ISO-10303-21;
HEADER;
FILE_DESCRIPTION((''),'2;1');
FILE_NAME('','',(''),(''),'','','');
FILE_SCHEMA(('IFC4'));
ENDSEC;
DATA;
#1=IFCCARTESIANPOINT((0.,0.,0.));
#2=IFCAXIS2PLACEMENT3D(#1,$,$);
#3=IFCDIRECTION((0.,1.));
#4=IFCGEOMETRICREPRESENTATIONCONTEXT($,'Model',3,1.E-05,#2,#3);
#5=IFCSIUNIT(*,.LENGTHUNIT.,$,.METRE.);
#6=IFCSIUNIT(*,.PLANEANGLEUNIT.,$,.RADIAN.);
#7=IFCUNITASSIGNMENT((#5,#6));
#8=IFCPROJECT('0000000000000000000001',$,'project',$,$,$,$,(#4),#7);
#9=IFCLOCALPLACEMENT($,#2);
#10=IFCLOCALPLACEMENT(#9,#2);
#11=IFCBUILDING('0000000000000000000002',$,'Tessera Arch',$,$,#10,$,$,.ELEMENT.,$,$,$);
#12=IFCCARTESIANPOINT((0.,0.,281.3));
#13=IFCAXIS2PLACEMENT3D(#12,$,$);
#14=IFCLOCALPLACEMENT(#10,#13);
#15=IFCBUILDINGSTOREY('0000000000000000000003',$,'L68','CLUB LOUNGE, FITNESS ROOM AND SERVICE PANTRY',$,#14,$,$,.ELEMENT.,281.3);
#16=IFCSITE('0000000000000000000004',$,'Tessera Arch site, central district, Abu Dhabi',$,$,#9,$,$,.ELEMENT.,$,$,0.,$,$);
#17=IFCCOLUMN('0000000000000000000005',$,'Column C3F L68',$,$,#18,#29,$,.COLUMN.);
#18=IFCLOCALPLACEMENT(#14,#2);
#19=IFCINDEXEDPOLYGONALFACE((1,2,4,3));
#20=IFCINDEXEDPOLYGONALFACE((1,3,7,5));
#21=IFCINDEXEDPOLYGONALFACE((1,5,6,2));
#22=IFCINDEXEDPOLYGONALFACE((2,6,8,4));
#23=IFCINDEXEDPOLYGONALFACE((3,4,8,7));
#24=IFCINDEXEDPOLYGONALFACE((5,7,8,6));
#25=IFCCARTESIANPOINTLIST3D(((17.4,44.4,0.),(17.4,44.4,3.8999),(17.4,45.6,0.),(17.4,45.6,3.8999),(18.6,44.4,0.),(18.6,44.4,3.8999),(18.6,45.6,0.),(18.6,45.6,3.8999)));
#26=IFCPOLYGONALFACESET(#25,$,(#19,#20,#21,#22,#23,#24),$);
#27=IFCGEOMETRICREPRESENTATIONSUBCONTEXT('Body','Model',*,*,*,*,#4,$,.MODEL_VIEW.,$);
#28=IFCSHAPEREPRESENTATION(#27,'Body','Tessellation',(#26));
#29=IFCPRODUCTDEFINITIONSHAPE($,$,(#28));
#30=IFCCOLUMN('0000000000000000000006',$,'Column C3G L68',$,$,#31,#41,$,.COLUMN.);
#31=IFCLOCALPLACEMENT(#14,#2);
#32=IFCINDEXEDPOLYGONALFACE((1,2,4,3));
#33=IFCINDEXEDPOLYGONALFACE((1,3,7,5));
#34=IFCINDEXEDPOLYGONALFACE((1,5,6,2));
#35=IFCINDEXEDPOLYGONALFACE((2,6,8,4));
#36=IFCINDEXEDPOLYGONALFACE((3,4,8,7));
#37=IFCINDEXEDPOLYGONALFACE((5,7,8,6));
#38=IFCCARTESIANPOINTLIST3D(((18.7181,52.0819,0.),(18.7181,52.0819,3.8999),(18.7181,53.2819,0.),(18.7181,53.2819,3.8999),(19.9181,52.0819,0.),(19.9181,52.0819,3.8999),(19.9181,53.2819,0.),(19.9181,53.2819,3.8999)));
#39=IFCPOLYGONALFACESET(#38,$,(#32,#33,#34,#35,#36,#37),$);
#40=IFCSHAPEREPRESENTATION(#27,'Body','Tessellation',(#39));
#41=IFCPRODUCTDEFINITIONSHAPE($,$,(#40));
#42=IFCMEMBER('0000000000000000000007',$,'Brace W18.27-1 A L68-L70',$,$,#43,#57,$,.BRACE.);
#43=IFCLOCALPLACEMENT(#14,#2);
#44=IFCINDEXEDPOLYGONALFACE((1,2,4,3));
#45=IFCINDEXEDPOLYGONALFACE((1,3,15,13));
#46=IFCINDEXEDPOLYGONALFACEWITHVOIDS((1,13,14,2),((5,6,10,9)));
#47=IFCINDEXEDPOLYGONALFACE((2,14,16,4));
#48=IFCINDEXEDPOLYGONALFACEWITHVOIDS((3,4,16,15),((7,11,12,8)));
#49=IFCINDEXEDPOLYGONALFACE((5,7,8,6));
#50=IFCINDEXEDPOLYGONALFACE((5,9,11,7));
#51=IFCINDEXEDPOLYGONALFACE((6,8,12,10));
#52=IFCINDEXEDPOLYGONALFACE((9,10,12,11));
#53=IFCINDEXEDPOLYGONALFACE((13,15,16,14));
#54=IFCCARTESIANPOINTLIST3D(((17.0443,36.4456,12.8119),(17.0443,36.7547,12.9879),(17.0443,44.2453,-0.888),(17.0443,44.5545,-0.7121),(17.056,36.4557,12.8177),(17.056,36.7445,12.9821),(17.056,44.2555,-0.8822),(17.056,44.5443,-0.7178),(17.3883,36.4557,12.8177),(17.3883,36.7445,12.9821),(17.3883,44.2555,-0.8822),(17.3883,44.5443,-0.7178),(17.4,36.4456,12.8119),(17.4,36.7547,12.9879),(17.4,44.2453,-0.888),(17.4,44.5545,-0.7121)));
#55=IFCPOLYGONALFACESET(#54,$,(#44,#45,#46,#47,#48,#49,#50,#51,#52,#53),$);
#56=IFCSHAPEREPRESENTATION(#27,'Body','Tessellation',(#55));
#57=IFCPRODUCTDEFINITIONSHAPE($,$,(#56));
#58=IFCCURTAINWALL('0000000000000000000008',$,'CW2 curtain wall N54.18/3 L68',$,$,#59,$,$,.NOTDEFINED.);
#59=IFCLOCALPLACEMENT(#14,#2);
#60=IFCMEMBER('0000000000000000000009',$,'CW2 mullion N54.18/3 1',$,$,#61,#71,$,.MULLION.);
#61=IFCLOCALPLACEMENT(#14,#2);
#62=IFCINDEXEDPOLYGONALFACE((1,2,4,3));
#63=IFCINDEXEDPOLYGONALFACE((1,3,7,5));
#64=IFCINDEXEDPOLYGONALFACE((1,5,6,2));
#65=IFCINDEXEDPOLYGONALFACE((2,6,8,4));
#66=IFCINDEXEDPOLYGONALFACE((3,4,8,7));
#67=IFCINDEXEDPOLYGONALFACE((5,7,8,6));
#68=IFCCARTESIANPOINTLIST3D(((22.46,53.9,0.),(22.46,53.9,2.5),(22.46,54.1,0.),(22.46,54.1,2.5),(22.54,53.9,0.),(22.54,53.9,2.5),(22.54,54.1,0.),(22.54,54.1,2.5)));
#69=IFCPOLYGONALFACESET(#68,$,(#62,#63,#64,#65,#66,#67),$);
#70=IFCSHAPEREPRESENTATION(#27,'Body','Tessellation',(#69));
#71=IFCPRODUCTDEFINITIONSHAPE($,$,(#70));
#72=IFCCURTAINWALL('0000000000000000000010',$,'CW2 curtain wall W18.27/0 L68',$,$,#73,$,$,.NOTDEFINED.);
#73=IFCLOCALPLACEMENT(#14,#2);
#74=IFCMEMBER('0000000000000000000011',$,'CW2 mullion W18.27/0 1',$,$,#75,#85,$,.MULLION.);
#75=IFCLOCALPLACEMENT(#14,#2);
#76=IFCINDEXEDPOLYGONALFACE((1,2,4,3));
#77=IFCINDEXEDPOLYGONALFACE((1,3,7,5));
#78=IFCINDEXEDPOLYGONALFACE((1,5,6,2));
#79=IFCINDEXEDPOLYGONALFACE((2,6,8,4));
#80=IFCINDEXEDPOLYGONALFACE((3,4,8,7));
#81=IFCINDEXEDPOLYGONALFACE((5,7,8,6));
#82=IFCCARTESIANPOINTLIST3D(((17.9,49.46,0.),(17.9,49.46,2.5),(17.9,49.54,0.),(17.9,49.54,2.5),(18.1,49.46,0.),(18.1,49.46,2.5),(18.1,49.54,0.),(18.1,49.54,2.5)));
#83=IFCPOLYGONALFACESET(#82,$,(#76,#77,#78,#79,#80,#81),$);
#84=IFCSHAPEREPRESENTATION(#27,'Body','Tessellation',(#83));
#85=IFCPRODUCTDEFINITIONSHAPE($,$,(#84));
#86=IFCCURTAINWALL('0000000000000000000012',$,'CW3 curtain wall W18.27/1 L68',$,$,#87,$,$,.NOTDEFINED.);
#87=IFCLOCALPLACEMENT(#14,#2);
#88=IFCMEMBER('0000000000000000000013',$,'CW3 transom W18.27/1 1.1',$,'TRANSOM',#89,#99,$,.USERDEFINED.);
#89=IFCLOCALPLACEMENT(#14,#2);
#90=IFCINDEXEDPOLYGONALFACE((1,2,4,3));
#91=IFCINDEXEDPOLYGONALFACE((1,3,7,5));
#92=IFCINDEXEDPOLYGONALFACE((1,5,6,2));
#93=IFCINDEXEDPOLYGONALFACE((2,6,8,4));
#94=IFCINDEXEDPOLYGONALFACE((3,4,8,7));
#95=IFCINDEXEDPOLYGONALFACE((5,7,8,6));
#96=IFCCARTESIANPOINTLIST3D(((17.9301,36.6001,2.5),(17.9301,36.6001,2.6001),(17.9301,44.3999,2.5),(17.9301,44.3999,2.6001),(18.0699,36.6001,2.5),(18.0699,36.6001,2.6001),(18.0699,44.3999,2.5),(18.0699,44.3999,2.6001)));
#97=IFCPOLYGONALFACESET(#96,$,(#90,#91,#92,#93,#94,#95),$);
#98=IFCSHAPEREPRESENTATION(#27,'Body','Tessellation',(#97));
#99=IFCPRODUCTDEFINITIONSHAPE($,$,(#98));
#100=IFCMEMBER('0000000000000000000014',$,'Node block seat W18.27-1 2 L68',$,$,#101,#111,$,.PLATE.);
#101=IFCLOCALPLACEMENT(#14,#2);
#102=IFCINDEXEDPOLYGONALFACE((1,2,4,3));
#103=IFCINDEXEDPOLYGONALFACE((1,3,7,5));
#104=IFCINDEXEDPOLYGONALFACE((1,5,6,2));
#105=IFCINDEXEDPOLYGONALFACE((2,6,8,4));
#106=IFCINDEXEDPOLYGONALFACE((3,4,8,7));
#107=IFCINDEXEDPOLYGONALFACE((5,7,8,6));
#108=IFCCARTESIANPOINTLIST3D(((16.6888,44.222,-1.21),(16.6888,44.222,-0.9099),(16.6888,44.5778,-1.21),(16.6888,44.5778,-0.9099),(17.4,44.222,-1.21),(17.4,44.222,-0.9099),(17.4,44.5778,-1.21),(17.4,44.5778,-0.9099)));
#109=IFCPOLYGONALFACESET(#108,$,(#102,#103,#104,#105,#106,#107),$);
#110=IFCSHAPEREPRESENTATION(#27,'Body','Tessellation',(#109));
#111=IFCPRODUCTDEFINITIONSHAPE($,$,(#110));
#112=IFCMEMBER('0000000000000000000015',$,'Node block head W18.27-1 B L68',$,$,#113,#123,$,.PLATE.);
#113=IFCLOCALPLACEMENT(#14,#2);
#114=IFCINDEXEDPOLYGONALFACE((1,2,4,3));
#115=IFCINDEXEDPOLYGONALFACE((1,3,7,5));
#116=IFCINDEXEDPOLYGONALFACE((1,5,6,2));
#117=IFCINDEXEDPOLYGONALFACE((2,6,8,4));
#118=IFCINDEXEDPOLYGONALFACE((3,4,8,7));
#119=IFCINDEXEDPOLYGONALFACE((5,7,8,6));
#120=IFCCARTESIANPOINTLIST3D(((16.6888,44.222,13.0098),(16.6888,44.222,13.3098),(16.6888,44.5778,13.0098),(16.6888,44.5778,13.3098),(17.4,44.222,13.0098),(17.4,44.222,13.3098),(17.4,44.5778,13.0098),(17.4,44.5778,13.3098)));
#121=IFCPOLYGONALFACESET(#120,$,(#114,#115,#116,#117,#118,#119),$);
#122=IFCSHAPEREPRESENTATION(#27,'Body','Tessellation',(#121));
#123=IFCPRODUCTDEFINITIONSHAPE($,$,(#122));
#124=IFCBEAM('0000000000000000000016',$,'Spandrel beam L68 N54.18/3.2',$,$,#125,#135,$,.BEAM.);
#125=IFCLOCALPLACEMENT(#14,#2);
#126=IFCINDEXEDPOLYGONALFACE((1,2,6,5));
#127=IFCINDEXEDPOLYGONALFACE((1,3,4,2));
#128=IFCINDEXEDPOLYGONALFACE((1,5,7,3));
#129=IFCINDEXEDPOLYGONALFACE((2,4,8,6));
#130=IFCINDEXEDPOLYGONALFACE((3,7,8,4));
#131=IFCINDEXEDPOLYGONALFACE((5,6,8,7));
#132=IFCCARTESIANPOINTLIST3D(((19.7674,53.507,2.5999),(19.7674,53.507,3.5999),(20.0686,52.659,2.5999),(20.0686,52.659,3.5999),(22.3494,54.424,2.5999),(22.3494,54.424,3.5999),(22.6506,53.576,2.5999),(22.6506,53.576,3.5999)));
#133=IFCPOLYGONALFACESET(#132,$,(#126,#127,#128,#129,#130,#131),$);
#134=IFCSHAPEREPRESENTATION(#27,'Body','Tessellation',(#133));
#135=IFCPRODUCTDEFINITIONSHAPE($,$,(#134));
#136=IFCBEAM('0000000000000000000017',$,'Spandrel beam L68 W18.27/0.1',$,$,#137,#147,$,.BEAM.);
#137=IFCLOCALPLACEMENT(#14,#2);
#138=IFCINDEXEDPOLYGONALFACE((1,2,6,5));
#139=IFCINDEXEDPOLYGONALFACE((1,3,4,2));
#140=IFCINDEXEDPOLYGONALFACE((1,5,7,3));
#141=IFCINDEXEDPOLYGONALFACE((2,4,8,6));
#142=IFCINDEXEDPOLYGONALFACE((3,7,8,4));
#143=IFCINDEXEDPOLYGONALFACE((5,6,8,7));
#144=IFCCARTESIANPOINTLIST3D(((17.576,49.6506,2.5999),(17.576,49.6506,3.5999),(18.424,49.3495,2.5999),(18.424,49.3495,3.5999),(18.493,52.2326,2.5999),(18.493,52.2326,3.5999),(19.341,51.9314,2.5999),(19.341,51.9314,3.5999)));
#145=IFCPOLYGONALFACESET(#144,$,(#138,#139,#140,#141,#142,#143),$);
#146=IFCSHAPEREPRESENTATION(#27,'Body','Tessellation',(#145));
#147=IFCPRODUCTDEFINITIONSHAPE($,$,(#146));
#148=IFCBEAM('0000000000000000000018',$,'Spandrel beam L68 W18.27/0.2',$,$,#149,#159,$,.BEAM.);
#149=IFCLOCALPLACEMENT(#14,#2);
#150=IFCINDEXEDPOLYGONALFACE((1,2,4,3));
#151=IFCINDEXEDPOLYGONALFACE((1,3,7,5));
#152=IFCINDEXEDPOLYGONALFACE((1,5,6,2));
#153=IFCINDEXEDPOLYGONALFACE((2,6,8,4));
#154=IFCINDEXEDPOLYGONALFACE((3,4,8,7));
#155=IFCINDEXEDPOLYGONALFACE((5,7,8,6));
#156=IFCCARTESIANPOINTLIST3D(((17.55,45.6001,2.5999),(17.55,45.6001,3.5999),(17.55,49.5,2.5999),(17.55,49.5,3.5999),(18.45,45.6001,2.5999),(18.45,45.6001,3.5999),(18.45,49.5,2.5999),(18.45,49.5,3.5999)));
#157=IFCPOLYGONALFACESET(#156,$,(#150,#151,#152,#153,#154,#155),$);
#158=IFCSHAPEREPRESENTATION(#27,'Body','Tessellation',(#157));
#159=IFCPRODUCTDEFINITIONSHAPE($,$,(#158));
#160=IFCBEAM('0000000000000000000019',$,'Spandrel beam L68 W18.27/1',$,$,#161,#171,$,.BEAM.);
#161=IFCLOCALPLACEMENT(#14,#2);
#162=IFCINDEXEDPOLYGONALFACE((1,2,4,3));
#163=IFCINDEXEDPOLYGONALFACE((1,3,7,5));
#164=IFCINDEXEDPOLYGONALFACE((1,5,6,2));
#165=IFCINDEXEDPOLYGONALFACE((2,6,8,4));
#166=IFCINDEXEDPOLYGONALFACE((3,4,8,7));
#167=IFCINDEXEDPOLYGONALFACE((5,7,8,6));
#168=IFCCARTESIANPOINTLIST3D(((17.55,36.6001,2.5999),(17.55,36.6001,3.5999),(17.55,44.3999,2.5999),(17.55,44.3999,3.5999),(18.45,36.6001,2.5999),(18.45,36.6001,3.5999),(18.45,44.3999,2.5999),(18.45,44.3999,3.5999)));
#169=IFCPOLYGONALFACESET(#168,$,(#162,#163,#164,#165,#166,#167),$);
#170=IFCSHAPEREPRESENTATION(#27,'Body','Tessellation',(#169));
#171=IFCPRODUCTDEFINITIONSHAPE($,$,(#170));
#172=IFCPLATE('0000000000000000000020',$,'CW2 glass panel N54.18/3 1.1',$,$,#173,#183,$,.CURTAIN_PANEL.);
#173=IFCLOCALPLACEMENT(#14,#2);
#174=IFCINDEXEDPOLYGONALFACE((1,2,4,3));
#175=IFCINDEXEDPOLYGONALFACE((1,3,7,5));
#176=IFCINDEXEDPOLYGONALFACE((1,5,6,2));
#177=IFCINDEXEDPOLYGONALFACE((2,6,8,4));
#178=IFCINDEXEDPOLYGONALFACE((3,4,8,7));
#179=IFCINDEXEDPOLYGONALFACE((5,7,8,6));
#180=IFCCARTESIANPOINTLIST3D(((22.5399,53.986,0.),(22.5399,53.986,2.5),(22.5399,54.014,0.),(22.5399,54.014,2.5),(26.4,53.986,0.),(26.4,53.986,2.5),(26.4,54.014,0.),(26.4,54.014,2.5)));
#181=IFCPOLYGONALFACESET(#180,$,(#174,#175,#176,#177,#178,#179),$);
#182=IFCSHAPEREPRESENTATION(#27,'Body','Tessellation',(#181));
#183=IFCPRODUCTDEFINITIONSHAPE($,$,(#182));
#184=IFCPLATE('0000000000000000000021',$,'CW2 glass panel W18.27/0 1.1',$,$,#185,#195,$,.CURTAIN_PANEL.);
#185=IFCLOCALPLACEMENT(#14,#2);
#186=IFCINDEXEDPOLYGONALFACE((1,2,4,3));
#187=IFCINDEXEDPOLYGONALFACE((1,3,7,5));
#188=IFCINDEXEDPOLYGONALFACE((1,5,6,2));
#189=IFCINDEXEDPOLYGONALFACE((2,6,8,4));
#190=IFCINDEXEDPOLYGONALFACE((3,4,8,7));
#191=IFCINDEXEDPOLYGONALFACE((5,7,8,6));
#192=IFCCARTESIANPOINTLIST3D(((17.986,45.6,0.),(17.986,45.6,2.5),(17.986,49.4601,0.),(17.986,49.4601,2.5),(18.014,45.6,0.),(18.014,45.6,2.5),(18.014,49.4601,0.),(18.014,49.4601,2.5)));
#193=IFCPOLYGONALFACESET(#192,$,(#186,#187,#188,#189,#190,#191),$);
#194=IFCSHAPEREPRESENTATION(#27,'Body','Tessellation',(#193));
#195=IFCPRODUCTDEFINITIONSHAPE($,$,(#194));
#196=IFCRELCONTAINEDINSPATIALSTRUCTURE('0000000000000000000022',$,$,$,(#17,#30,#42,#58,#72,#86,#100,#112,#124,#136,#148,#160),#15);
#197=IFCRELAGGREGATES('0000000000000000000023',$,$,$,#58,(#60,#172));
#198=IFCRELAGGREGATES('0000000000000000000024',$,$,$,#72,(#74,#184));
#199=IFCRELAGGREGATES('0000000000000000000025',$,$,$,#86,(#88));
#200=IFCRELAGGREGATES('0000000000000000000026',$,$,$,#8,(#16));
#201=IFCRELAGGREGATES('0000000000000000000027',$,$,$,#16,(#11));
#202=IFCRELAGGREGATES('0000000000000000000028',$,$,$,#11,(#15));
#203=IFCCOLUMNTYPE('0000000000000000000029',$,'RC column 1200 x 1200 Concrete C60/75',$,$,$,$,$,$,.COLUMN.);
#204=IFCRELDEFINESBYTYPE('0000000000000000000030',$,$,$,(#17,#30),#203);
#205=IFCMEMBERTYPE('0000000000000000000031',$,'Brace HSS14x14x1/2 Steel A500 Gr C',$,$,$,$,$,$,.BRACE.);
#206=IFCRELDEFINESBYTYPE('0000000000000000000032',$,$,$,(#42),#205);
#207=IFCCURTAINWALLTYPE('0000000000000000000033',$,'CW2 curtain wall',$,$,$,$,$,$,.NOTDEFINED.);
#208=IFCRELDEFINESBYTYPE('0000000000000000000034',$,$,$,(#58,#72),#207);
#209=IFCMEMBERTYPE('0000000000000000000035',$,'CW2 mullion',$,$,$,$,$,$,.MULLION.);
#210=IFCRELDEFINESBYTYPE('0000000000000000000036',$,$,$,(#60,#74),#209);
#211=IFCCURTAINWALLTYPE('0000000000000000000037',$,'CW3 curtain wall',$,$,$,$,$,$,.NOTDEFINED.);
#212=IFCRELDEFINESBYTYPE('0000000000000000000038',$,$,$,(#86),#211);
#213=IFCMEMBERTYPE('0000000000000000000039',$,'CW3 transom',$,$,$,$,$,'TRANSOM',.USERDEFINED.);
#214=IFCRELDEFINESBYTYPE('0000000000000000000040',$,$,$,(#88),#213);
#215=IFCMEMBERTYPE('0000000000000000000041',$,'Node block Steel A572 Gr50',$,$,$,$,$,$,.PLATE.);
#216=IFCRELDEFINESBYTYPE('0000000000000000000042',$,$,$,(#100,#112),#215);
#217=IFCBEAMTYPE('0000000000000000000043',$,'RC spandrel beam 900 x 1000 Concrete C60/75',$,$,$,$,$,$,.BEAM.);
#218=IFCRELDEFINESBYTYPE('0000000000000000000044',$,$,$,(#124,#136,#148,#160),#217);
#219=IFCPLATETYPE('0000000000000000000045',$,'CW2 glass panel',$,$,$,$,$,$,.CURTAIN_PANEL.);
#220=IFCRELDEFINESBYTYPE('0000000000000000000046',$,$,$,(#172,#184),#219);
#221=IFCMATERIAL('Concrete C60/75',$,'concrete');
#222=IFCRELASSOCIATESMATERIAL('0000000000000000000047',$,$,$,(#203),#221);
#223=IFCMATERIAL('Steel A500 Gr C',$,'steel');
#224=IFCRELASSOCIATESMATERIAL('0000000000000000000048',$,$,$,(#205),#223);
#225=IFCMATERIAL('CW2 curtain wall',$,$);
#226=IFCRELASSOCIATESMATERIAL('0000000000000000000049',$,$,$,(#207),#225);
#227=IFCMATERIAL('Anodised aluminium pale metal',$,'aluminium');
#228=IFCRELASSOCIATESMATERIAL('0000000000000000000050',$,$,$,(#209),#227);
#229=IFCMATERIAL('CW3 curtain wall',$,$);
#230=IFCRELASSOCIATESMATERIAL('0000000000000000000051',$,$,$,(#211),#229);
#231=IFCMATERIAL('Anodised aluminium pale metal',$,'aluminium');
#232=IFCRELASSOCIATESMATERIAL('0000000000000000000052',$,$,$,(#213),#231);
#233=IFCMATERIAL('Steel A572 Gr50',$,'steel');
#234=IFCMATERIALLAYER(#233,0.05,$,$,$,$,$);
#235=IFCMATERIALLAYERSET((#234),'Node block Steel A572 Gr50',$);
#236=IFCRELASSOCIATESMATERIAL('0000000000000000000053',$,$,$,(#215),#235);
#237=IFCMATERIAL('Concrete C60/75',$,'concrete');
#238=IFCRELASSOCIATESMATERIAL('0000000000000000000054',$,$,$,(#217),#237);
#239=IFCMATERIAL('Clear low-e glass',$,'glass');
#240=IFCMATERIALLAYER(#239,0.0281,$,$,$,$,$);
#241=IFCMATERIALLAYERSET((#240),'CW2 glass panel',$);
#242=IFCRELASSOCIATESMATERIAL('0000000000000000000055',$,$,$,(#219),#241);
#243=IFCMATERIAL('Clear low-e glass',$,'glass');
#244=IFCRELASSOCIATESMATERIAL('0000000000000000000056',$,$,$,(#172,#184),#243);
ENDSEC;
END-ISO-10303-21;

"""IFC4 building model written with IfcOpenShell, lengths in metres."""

from ifc_helpers import new_model, si_unit, direction, frame, origin, origin_2d, place, context, subcontext, project, spatial, rectangle, hollow_rectangle, extrude, material, layer, layer_set, material_profile, profile_set, type_object, element, aggregate, save


model = new_model("IFC4")

# Units and contexts
model_context = context("Model", 3, precision=1e-05, world=origin(), true_north=direction((0.0, 1.0)))
body_context = subcontext(model_context, "Body", "Model", "MODEL_VIEW")
ifc_project = project(units=[si_unit("LENGTHUNIT", "METRE"), si_unit("PLANEANGLEUNIT", "RADIAN")], contexts=[model_context])

# Site, building, storey
site_placement = place(None, origin())
site = spatial("IfcSite", under=ifc_project, at=site_placement, Name="Tessera Arch site, central district, Abu Dhabi", CompositionType="ELEMENT", RefElevation=0.0)
building_placement = place(site_placement, origin())
building = spatial("IfcBuilding", under=site, at=building_placement, Name="Tessera Arch", CompositionType="ELEMENT")
storey_placement = place(building_placement, frame((0.0, 0.0, 281.3)))
storey = spatial("IfcBuildingStorey", under=building, at=storey_placement, Name="L68", Description="CLUB LOUNGE, FITNESS ROOM AND SERVICE PANTRY", CompositionType="ELEMENT", Elevation=281.3)

# Columns
ifc_material_1 = material(Name="Concrete C60/75", Category="concrete")
ifc_material_profile_1 = material_profile(ifc_material_1, rectangle(XDim=1.2, YDim=1.2, at=origin_2d()), Name="RC column 1200 x 1200 Concrete C60/75")
ifc_profile_set_1 = profile_set([ifc_material_profile_1], Name="Concrete C60/75")
column_type = type_object("IfcColumnType", Name="RC column 1200 x 1200 Concrete C60/75", PredefinedType="COLUMN", material=ifc_profile_set_1)
for number, where, z_axis, x_axis, name in (
    (1, (18.0, 45.0, 0.0), (0.0, 0.0, 1.0), (1.0, 0.0, 0.0), "Column C3F L68"),
    (2, (19.3181, 52.6819, 0.0), (0.0, 0.0, 1.0), (1.0, 0.0, 0.0), "Column C3G L68"),
):
    element("IfcColumn", number, at=place(storey_placement, frame(where, z_axis=z_axis, x_axis=x_axis)), inside=storey, type_object=column_type, Name=name, PredefinedType="COLUMN", context=body_context, shape_type="SweptSolid", body=[
        extrude(rectangle(XDim=1.2, YDim=1.2, at=origin_2d()), origin(), (0.0, 0.0, 1.0), 3.8999),
    ])

# Member
ifc_material_2 = material(Name="Steel A500 Gr C", Category="steel")
ifc_material_profile_2 = material_profile(ifc_material_2, hollow_rectangle(XDim=0.3557, YDim=0.3557, WallThickness=0.0117, at=origin_2d()), Name="HSS14x14x1/2")
ifc_profile_set_2 = profile_set([ifc_material_profile_2], Name="Steel A500 Gr C")
member_type_1 = type_object("IfcMemberType", Name="Brace HSS14x14x1/2 Steel A500 Gr C", PredefinedType="BRACE", material=ifc_profile_set_2)
member_1_placement = place(storey_placement, frame((17.2222, 44.3999, -0.8), z_axis=(0.0, -0.494764, 0.869027), x_axis=(1.0, 0.0, 0.0)))
element("IfcMember", 3, at=member_1_placement, inside=storey, type_object=member_type_1, Name="Brace W18.27-1 A L68-L70", PredefinedType="BRACE", context=body_context, shape_type="SweptSolid", body=[
    extrude(hollow_rectangle(XDim=0.3557, YDim=0.3557, WallThickness=0.0117, at=origin_2d()), origin(), (0.0, 0.0, 1.0), 15.7646),
])

# Curtain walls, members
ifc_material_3 = material(Name="CW2 curtain wall")
curtain_wall_type_1 = type_object("IfcCurtainWallType", Name="CW2 curtain wall", PredefinedType="NOTDEFINED", material=ifc_material_3)
curtain_wall_1_placement = place(storey_placement, origin())
curtain_wall_1 = element("IfcCurtainWall", 4, at=curtain_wall_1_placement, inside=storey, type_object=curtain_wall_type_1, Name="CW2 curtain wall N54.18/3 L68", PredefinedType="NOTDEFINED")
ifc_material_4 = material(Name="Anodised aluminium pale metal", Category="aluminium")
ifc_material_profile_3 = material_profile(ifc_material_4, rectangle(XDim=0.2, YDim=0.0801, at=origin_2d()), Name="AL 80x200")
ifc_profile_set_3 = profile_set([ifc_material_profile_3], Name="Anodised aluminium pale metal")
member_type_2 = type_object("IfcMemberType", Name="CW2 mullion", PredefinedType="MULLION", material=ifc_profile_set_3)
member_2_placement = place(storey_placement, frame((22.5, 54.0, 0.0), z_axis=(0.0, 0.0, 1.0), x_axis=(0.0, -1.0, 0.0)))
member_2 = element("IfcMember", 5, at=member_2_placement, type_object=member_type_2, Name="CW2 mullion N54.18/3 1", PredefinedType="MULLION", context=body_context, shape_type="SweptSolid", body=[
    extrude(rectangle(XDim=0.2, YDim=0.0801, at=origin_2d()), origin(), (0.0, 0.0, 1.0), 2.5),
])
curtain_wall_2_placement = place(storey_placement, origin())
curtain_wall_2 = element("IfcCurtainWall", 6, at=curtain_wall_2_placement, inside=storey, type_object=curtain_wall_type_1, Name="CW2 curtain wall W18.27/0 L68", PredefinedType="NOTDEFINED")
member_3_placement = place(storey_placement, frame((18.0, 49.5, 0.0), z_axis=(0.0, 0.0, 1.0), x_axis=(1.0, 0.0, 0.0)))
member_3 = element("IfcMember", 7, at=member_3_placement, type_object=member_type_2, Name="CW2 mullion W18.27/0 1", PredefinedType="MULLION", context=body_context, shape_type="SweptSolid", body=[
    extrude(rectangle(XDim=0.2, YDim=0.0801, at=origin_2d()), origin(), (0.0, 0.0, 1.0), 2.5),
])
ifc_material_5 = material(Name="CW3 curtain wall")
curtain_wall_type_2 = type_object("IfcCurtainWallType", Name="CW3 curtain wall", PredefinedType="NOTDEFINED", material=ifc_material_5)
curtain_wall_3_placement = place(storey_placement, origin())
curtain_wall_3 = element("IfcCurtainWall", 8, at=curtain_wall_3_placement, inside=storey, type_object=curtain_wall_type_2, Name="CW3 curtain wall W18.27/1 L68", PredefinedType="NOTDEFINED")
ifc_material_6 = material(Name="Anodised aluminium pale metal", Category="aluminium")
ifc_material_profile_4 = material_profile(ifc_material_6, rectangle(XDim=0.1399, YDim=0.1001, at=origin_2d()), Name="AL 140x100")
ifc_profile_set_4 = profile_set([ifc_material_profile_4], Name="Anodised aluminium pale metal")
member_type_3 = type_object("IfcMemberType", Name="CW3 transom", ElementType="TRANSOM", PredefinedType="USERDEFINED", material=ifc_profile_set_4)
member_4_placement = place(storey_placement, frame((18.0, 44.3999, 2.55), z_axis=(0.0, -1.0, 0.0), x_axis=(1.0, 0.0, 0.0)))
member_4 = element("IfcMember", 9, at=member_4_placement, type_object=member_type_3, Name="CW3 transom W18.27/1 1.1", ObjectType="TRANSOM", PredefinedType="USERDEFINED", context=body_context, shape_type="SweptSolid", body=[
    extrude(rectangle(XDim=0.1399, YDim=0.1001, at=origin_2d()), origin(), (0.0, 0.0, 1.0), 7.7998),
])

# Members
ifc_material_7 = material(Name="Steel A572 Gr50", Category="steel")
ifc_layer_1 = layer(ifc_material_7, 0.05)
ifc_layer_set_1 = layer_set([ifc_layer_1], Name="Node block Steel A572 Gr50")
member_type_4 = type_object("IfcMemberType", Name="Node block Steel A572 Gr50", PredefinedType="PLATE", material=ifc_layer_set_1)
for number, where, z_axis, x_axis, name in (
    (10, (17.0444, 44.3999, -1.21), (0.0, 0.0, 1.0), (0.0, -1.0, 0.0), "Node block seat W18.27-1 2 L68"),
    (11, (17.0444, 44.3999, 13.0098), (0.0, 0.0, 1.0), (0.0, -1.0, 0.0), "Node block head W18.27-1 B L68"),
):
    element("IfcMember", number, at=place(storey_placement, frame(where, z_axis=z_axis, x_axis=x_axis)), inside=storey, type_object=member_type_4, Name=name, PredefinedType="PLATE", context=body_context, shape_type="SweptSolid", body=[
        extrude(rectangle(XDim=0.3557, YDim=0.7112, at=origin_2d()), origin(), (0.0, 0.0, 1.0), 0.3),
    ])

# Beams
ifc_material_8 = material(Name="Concrete C60/75", Category="concrete")
ifc_material_profile_5 = material_profile(ifc_material_8, rectangle(XDim=0.8999, YDim=1.0, at=origin_2d()), Name="RC spandrel beam 900 x 1000 Concrete C60/75")
ifc_profile_set_5 = profile_set([ifc_material_profile_5], Name="Concrete C60/75")
beam_type = type_object("IfcBeamType", Name="RC spandrel beam 900 x 1000 Concrete C60/75", PredefinedType="BEAM", material=ifc_profile_set_5)
for number, where, z_axis, x_axis, name in (
    (12, (22.5, 54.0, 3.0999), (-0.942337, -0.334665, 0.0), (0.334665, -0.942337, 0.0), "Spandrel beam L68 N54.18/3.2"),
    (13, (18.917, 52.082, 3.0999), (-0.334665, -0.942337, 0.0), (0.942337, -0.334665, 0.0), "Spandrel beam L68 W18.27/0.1"),
):
    element("IfcBeam", number, at=place(storey_placement, frame(where, z_axis=z_axis, x_axis=x_axis)), inside=storey, type_object=beam_type, Name=name, PredefinedType="BEAM", context=body_context, shape_type="SweptSolid", body=[
        extrude(rectangle(XDim=0.8999, YDim=1.0, at=origin_2d()), origin(), (0.0, 0.0, 1.0), 2.74),
    ])
beam_1_placement = place(storey_placement, frame((18.0, 49.5, 3.0999), z_axis=(0.0, -1.0, 0.0), x_axis=(1.0, 0.0, 0.0)))
element("IfcBeam", 14, at=beam_1_placement, inside=storey, type_object=beam_type, Name="Spandrel beam L68 W18.27/0.2", PredefinedType="BEAM", context=body_context, shape_type="SweptSolid", body=[
    extrude(rectangle(XDim=0.8999, YDim=1.0, at=origin_2d()), origin(), (0.0, 0.0, 1.0), 3.8999),
])
beam_2_placement = place(storey_placement, frame((18.0, 44.3999, 3.0999), z_axis=(0.0, -1.0, 0.0), x_axis=(1.0, 0.0, 0.0)))
element("IfcBeam", 15, at=beam_2_placement, inside=storey, type_object=beam_type, Name="Spandrel beam L68 W18.27/1", PredefinedType="BEAM", context=body_context, shape_type="SweptSolid", body=[
    extrude(rectangle(XDim=0.8999, YDim=1.0, at=origin_2d()), origin(), (0.0, 0.0, 1.0), 7.7998),
])

# Plates
ifc_material_9 = material(Name="Clear low-e glass", Category="glass")
ifc_material_10 = material(Name="Clear low-e glass", Category="glass")
ifc_layer_2 = layer(ifc_material_10, 0.0281)
ifc_layer_set_2 = layer_set([ifc_layer_2], Name="CW2 glass panel")
plate_type_1 = type_object("IfcPlateType", Name="CW2 glass panel", PredefinedType="CURTAIN_PANEL", material=ifc_layer_set_2)
plate_1_placement = place(storey_placement, frame((24.47, 54.0, 0.0), z_axis=(0.0, 0.0, 1.0), x_axis=(-1.0, 0.0, 0.0)))
plate_1 = element("IfcPlate", 16, at=plate_1_placement, type_object=plate_type_1, material=ifc_material_9, Name="CW2 glass panel N54.18/3 1.1", PredefinedType="CURTAIN_PANEL", context=body_context, shape_type="SweptSolid", body=[
    extrude(rectangle(XDim=3.8601, YDim=0.0281, at=origin_2d()), origin(), (0.0, 0.0, 1.0), 2.5),
])
aggregate(curtain_wall_1, [member_2, plate_1])
plate_2_placement = place(storey_placement, frame((18.0, 47.53, 0.0), z_axis=(0.0, 0.0, 1.0), x_axis=(0.0, -1.0, 0.0)))
plate_2 = element("IfcPlate", 17, at=plate_2_placement, type_object=plate_type_1, material=ifc_material_9, Name="CW2 glass panel W18.27/0 1.1", PredefinedType="CURTAIN_PANEL", context=body_context, shape_type="SweptSolid", body=[
    extrude(rectangle(XDim=3.8601, YDim=0.0281, at=origin_2d()), origin(), (0.0, 0.0, 1.0), 2.5),
])
aggregate(curtain_wall_2, [member_3, plate_2])
aggregate(curtain_wall_3, [member_4])

save(model, "model.ifc")
